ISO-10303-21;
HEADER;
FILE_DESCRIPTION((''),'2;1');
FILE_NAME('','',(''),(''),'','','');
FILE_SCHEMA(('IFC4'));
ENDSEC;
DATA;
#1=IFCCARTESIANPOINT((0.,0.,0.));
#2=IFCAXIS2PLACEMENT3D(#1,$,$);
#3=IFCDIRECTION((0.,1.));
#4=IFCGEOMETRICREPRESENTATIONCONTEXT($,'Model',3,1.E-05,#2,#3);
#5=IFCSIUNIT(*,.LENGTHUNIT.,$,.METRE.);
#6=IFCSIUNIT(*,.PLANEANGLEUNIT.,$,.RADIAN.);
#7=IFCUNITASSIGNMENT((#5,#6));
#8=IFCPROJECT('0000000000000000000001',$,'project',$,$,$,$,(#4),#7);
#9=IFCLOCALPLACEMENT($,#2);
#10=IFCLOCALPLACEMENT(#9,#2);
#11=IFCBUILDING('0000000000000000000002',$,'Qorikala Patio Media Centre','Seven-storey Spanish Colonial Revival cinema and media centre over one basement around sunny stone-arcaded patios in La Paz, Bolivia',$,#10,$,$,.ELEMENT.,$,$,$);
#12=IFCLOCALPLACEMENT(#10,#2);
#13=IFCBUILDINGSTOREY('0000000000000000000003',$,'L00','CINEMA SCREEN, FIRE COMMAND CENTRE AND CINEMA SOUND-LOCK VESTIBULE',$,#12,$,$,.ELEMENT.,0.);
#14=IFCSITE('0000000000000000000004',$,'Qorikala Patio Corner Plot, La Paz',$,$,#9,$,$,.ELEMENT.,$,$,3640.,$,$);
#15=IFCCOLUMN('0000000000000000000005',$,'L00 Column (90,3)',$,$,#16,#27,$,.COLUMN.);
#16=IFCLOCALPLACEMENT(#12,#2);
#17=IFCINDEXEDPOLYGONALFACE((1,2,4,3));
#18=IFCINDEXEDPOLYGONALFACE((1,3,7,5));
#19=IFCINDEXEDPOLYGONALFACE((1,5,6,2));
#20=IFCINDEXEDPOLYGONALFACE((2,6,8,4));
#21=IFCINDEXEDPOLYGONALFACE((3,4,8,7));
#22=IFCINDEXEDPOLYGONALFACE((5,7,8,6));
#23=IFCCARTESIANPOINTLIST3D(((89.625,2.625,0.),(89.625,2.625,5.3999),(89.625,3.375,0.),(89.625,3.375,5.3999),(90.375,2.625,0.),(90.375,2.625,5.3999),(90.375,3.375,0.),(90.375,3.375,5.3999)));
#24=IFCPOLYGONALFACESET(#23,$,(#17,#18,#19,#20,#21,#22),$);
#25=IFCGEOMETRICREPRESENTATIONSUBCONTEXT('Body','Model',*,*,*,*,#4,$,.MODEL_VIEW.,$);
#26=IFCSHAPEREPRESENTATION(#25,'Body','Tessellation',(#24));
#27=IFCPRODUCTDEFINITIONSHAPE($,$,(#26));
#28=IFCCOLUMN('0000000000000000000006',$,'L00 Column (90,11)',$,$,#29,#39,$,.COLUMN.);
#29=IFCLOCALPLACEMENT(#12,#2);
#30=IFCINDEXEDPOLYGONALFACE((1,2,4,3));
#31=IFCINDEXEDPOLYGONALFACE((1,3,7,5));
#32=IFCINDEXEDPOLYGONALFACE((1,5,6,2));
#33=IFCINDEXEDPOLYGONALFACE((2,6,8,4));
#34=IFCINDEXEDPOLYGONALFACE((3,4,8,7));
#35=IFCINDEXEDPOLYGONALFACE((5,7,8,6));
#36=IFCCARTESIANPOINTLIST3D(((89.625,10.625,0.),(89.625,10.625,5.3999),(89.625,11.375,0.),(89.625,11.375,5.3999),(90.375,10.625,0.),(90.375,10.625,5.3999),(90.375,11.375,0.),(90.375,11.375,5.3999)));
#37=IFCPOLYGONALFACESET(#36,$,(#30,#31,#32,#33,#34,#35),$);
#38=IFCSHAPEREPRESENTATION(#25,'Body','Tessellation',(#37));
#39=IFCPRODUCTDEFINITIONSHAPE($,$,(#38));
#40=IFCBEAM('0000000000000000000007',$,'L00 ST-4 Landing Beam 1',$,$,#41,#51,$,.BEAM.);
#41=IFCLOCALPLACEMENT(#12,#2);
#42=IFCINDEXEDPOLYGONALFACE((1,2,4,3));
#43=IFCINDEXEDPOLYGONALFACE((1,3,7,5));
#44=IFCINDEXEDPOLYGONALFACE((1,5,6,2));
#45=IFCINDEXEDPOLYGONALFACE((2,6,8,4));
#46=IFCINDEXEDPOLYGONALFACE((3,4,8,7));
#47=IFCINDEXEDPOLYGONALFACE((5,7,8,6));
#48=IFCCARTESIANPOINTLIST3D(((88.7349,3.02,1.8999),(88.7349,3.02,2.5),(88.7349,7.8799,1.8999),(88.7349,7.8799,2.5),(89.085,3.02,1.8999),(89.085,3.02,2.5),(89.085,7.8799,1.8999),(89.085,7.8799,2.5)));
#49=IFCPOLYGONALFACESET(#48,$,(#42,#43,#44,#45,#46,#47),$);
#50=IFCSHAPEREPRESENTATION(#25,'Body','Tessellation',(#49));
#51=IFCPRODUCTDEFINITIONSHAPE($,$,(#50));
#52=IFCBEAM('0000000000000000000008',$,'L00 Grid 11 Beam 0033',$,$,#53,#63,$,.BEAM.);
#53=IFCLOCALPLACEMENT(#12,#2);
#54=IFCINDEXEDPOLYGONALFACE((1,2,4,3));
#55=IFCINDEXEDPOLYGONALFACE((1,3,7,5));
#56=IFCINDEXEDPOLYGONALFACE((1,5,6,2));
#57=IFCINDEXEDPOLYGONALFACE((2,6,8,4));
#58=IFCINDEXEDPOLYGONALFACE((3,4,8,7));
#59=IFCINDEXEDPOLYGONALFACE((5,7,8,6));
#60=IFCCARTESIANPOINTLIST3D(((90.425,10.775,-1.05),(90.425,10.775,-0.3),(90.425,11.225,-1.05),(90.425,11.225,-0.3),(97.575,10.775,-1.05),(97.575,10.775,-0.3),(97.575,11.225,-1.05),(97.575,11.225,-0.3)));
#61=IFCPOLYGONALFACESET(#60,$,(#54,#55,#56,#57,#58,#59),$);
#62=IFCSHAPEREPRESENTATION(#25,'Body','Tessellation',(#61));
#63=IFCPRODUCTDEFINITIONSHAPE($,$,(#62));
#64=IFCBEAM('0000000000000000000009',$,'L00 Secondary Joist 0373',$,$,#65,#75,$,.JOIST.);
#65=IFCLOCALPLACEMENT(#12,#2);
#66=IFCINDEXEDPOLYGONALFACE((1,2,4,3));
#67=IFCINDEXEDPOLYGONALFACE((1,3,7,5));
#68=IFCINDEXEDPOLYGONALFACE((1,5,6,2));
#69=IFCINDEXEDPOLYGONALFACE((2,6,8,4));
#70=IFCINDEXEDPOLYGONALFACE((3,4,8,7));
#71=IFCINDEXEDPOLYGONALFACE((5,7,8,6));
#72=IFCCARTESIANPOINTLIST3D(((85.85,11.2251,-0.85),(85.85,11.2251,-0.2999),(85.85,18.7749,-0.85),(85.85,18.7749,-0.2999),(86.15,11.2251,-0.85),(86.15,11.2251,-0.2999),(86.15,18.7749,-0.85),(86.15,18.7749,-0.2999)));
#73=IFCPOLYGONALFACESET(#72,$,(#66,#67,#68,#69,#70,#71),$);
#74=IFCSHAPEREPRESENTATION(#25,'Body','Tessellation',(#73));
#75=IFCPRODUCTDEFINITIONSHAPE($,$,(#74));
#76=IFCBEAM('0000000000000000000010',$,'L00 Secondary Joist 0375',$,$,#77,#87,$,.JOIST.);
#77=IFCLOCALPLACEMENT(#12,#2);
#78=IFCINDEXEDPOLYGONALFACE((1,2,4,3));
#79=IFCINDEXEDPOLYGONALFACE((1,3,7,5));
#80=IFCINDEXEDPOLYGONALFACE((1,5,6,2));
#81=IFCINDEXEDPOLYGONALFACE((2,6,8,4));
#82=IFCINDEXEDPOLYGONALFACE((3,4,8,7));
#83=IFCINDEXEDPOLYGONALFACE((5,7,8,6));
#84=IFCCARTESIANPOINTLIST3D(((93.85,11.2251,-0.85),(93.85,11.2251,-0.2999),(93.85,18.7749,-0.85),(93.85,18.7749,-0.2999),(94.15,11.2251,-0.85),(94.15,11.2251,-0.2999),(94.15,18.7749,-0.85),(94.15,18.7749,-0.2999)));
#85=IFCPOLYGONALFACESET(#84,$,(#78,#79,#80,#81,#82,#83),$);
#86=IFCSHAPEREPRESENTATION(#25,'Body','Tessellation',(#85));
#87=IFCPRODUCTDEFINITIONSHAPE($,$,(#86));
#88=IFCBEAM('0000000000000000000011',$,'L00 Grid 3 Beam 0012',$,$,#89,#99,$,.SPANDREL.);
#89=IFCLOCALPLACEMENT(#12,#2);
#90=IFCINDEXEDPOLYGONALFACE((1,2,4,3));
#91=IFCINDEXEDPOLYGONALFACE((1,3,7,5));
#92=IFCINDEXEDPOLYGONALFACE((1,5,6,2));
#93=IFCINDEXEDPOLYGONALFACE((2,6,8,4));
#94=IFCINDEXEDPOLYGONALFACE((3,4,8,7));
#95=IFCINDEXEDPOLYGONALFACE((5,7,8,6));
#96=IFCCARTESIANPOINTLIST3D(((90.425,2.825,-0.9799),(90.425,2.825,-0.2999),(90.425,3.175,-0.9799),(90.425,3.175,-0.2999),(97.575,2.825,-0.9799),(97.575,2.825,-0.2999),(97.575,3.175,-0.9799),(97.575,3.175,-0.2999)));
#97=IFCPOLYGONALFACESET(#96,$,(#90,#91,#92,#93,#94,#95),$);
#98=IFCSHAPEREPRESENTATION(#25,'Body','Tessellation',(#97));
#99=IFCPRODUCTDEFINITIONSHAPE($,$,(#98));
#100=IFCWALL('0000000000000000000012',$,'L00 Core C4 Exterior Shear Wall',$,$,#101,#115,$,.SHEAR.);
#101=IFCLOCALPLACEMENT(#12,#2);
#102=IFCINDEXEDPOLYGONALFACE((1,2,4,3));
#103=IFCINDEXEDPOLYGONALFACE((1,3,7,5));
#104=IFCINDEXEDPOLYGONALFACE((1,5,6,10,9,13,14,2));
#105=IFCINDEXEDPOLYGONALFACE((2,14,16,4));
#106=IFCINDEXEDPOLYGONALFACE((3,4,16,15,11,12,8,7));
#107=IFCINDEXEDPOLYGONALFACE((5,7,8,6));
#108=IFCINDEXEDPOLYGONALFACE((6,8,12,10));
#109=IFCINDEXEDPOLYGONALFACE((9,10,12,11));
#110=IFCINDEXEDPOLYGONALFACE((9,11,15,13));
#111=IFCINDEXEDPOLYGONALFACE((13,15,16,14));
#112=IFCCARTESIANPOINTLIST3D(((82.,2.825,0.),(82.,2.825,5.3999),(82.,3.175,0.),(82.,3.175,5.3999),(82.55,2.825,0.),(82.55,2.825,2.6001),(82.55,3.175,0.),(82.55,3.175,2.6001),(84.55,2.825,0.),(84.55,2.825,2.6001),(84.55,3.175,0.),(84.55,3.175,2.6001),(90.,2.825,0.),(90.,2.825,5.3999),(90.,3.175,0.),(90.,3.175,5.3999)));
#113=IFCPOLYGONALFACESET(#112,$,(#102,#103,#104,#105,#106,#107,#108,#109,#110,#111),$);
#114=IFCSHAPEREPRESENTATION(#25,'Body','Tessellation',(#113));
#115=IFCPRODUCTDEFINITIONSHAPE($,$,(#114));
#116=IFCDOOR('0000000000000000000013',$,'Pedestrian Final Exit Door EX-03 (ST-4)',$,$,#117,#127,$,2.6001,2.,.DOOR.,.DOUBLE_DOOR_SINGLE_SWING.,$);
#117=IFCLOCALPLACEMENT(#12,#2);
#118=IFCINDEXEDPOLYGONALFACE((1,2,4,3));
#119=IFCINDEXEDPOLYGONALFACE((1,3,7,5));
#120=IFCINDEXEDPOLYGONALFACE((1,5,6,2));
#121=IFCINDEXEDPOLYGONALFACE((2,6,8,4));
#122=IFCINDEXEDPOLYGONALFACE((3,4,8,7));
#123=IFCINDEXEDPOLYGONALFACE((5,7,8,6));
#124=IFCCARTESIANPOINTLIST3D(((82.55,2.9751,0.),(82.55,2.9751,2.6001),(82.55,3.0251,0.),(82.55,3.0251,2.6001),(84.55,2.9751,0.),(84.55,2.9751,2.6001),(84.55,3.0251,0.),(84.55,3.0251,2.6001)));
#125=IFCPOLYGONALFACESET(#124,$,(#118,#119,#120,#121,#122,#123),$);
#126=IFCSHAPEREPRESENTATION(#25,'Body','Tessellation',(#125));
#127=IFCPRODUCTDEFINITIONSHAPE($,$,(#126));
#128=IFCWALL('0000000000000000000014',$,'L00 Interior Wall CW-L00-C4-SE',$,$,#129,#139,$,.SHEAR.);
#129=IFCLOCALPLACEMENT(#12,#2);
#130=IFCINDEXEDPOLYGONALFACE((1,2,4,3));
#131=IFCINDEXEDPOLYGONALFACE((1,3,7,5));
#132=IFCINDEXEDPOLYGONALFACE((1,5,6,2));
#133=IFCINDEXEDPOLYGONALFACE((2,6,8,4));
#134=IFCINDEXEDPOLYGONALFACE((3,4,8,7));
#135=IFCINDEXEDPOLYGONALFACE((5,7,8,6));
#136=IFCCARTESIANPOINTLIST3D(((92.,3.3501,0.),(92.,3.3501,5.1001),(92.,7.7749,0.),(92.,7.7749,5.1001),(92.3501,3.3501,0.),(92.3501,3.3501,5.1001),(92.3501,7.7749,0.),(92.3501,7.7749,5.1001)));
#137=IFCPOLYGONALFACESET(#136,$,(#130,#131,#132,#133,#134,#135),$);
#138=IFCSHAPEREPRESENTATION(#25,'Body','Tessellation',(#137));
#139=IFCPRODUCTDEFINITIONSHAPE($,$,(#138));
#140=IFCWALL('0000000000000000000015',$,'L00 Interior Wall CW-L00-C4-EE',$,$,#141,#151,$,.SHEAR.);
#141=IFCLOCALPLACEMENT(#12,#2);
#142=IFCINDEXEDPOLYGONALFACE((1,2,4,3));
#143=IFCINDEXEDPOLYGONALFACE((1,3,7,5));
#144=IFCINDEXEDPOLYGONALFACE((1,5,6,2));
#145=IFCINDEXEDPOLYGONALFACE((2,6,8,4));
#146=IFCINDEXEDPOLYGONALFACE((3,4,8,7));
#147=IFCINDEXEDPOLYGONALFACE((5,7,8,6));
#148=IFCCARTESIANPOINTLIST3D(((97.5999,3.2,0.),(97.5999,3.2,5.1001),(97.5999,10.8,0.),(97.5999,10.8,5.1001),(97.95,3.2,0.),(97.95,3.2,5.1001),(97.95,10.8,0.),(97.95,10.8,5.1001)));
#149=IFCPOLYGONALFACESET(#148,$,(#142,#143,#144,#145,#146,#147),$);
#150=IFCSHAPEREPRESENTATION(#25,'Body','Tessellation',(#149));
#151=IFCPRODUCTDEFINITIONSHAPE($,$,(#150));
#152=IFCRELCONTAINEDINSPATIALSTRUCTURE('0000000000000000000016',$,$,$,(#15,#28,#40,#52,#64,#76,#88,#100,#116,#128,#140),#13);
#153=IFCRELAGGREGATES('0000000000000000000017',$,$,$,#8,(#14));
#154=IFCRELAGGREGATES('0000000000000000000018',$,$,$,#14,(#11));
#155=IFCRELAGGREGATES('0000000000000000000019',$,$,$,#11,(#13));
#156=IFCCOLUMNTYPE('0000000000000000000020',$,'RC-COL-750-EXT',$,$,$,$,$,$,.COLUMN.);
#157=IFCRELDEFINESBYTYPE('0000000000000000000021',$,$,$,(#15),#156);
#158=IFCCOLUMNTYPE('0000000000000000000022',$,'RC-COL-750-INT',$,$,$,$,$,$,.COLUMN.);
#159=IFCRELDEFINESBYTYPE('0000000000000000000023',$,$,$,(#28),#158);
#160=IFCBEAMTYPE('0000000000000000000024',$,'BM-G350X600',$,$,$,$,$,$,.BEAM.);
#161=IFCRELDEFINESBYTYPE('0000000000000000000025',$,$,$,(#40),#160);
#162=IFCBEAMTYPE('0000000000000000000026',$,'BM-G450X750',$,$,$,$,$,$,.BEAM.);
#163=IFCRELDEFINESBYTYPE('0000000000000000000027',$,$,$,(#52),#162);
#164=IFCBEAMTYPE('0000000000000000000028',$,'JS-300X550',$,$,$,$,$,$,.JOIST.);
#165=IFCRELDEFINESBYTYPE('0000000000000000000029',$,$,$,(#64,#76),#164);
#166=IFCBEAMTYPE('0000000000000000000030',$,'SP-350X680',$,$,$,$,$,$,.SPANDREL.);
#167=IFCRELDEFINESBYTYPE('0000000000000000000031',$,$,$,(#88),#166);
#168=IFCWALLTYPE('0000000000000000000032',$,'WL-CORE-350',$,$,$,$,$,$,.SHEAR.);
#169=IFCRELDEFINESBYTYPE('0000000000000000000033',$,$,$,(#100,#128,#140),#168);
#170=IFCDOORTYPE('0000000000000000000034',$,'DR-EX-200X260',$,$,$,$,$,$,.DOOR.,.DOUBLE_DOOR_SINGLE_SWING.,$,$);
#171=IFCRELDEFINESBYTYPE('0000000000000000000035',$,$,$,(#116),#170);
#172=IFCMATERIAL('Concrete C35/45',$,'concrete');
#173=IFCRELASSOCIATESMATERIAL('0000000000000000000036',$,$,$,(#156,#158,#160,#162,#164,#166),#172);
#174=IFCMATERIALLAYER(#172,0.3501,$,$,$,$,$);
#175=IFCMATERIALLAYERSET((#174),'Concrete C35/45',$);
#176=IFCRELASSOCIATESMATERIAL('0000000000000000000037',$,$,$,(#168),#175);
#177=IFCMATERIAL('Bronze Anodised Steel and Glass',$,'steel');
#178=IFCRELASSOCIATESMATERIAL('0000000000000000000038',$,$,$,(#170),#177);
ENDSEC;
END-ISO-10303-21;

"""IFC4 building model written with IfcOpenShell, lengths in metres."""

from ifc_helpers import new_model, si_unit, direction, frame, frame_2d, origin, origin_2d, place, context, subcontext, project, spatial, rectangle, extrude, material, layer, layer_set, material_profile, profile_set, type_object, element, fill, save


model = new_model("IFC4")

# Units and contexts
model_context = context("Model", 3, precision=1e-05, world=origin(), true_north=direction((0.0, 1.0)))
body_context = subcontext(model_context, "Body", "Model", "MODEL_VIEW")
ifc_project = project(units=[si_unit("LENGTHUNIT", "METRE"), si_unit("PLANEANGLEUNIT", "RADIAN")], contexts=[model_context])

# Site, building, storey
site_placement = place(None, origin())
site = spatial("IfcSite", under=ifc_project, at=site_placement, Name="Qorikala Patio Corner Plot, La Paz", CompositionType="ELEMENT", RefElevation=3640.0)
building_placement = place(site_placement, origin())
building = spatial("IfcBuilding", under=site, at=building_placement, Name="Qorikala Patio Media Centre", Description="Seven-storey Spanish Colonial Revival cinema and media centre over one basement around sunny stone-arcaded patios in La Paz, Bolivia", CompositionType="ELEMENT")
storey_placement = place(building_placement, origin())
storey = spatial("IfcBuildingStorey", under=building, at=storey_placement, Name="L00", Description="CINEMA SCREEN, FIRE COMMAND CENTRE AND CINEMA SOUND-LOCK VESTIBULE", CompositionType="ELEMENT", Elevation=0.0)

# Columns
ifc_material_1 = material(Name="Concrete C35/45", Category="concrete")
ifc_material_profile_1 = material_profile(ifc_material_1, rectangle(XDim=0.75, YDim=0.75, at=origin_2d()), Name="RC 750x750")
ifc_profile_set_1 = profile_set([ifc_material_profile_1], Name="Concrete C35/45")
column_type_1 = type_object("IfcColumnType", Name="RC-COL-750-EXT", PredefinedType="COLUMN", material=ifc_profile_set_1)
column_1_placement = place(storey_placement, frame((90.0, 3.0, 0.0), z_axis=(0.0, 0.0, 1.0), x_axis=(1.0, 0.0, 0.0)))
element("IfcColumn", 1, at=column_1_placement, inside=storey, type_object=column_type_1, Name="L00 Column (90,3)", PredefinedType="COLUMN", context=body_context, shape_type="SweptSolid", body=[
    extrude(rectangle(XDim=0.75, YDim=0.75, at=origin_2d()), origin(), (0.0, 0.0, 1.0), 5.3999),
])
ifc_material_profile_2 = material_profile(ifc_material_1, rectangle(XDim=0.75, YDim=0.75, at=origin_2d()), Name="RC 750x750")
ifc_profile_set_2 = profile_set([ifc_material_profile_2], Name="Concrete C35/45")
column_type_2 = type_object("IfcColumnType", Name="RC-COL-750-INT", PredefinedType="COLUMN", material=ifc_profile_set_2)
column_2_placement = place(storey_placement, frame((90.0, 11.0, 0.0), z_axis=(0.0, 0.0, 1.0), x_axis=(1.0, 0.0, 0.0)))
element("IfcColumn", 2, at=column_2_placement, inside=storey, type_object=column_type_2, Name="L00 Column (90,11)", PredefinedType="COLUMN", context=body_context, shape_type="SweptSolid", body=[
    extrude(rectangle(XDim=0.75, YDim=0.75, at=origin_2d()), origin(), (0.0, 0.0, 1.0), 5.3999),
])

# Beams
ifc_material_profile_3 = material_profile(ifc_material_1, rectangle(XDim=0.3501, YDim=0.6001, at=origin_2d()), Name="RC 350x600")
ifc_profile_set_3 = profile_set([ifc_material_profile_3], Name="Concrete C35/45")
beam_type_1 = type_object("IfcBeamType", Name="BM-G350X600", PredefinedType="BEAM", material=ifc_profile_set_3)
beam_1_placement = place(storey_placement, frame((88.9099, 3.02, 2.2), z_axis=(0.0, 1.0, 0.0), x_axis=(-1.0, 0.0, 0.0)))
element("IfcBeam", 3, at=beam_1_placement, inside=storey, type_object=beam_type_1, Name="L00 ST-4 Landing Beam 1", PredefinedType="BEAM", context=body_context, shape_type="SweptSolid", body=[
    extrude(rectangle(XDim=0.3501, YDim=0.6001, at=origin_2d()), origin(), (0.0, 0.0, 1.0), 4.8599),
])
ifc_material_profile_4 = material_profile(ifc_material_1, rectangle(XDim=0.45, YDim=0.75, at=origin_2d()), Name="RC 450x750")
ifc_profile_set_4 = profile_set([ifc_material_profile_4], Name="Concrete C35/45")
beam_type_2 = type_object("IfcBeamType", Name="BM-G450X750", PredefinedType="BEAM", material=ifc_profile_set_4)
beam_2_placement = place(storey_placement, frame((90.425, 11.0, -0.675), z_axis=(1.0, 0.0, 0.0), x_axis=(0.0, 1.0, 0.0)))
element("IfcBeam", 4, at=beam_2_placement, inside=storey, type_object=beam_type_2, Name="L00 Grid 11 Beam 0033", PredefinedType="BEAM", context=body_context, shape_type="SweptSolid", body=[
    extrude(rectangle(XDim=0.45, YDim=0.75, at=origin_2d()), origin(), (0.0, 0.0, 1.0), 7.1499),
])
ifc_material_profile_5 = material_profile(ifc_material_1, rectangle(XDim=0.3, YDim=0.55, at=origin_2d()), Name="RC 300x550")
ifc_profile_set_5 = profile_set([ifc_material_profile_5], Name="Concrete C35/45")
beam_type_3 = type_object("IfcBeamType", Name="JS-300X550", PredefinedType="JOIST", material=ifc_profile_set_5)
for number, where, z_axis, x_axis, name in (
    (5, (86.0, 11.2251, -0.575), (0.0, 1.0, 0.0), (-1.0, 0.0, 0.0), "L00 Secondary Joist 0373"),
    (6, (94.0, 11.2251, -0.575), (0.0, 1.0, 0.0), (-1.0, 0.0, 0.0), "L00 Secondary Joist 0375"),
):
    element("IfcBeam", number, at=place(storey_placement, frame(where, z_axis=z_axis, x_axis=x_axis)), inside=storey, type_object=beam_type_3, Name=name, PredefinedType="JOIST", context=body_context, shape_type="SweptSolid", body=[
        extrude(rectangle(XDim=0.3, YDim=0.55, at=origin_2d()), origin(), (0.0, 0.0, 1.0), 7.5498),
    ])
ifc_material_profile_6 = material_profile(ifc_material_1, rectangle(XDim=0.3501, YDim=0.6799, at=origin_2d()), Name="RC 350x680")
ifc_profile_set_6 = profile_set([ifc_material_profile_6], Name="Concrete C35/45")
beam_type_4 = type_object("IfcBeamType", Name="SP-350X680", PredefinedType="SPANDREL", material=ifc_profile_set_6)
beam_3_placement = place(storey_placement, frame((90.425, 3.0, -0.6399), z_axis=(1.0, 0.0, 0.0), x_axis=(0.0, 1.0, 0.0)))
element("IfcBeam", 7, at=beam_3_placement, inside=storey, type_object=beam_type_4, Name="L00 Grid 3 Beam 0012", PredefinedType="SPANDREL", context=body_context, shape_type="SweptSolid", body=[
    extrude(rectangle(XDim=0.3501, YDim=0.6799, at=origin_2d()), origin(), (0.0, 0.0, 1.0), 7.1499),
])

# Wall, opening, door
ifc_layer_1 = layer(ifc_material_1, 0.3501)
ifc_layer_set_1 = layer_set([ifc_layer_1], Name="Concrete C35/45")
wall_type_1 = type_object("IfcWallType", Name="WL-CORE-350", PredefinedType="SHEAR", material=ifc_layer_set_1)
wall_1_placement = place(storey_placement, frame((90.0, 3.0, 0.0), z_axis=(0.0, 0.0, 1.0), x_axis=(-1.0, 0.0, 0.0)))
wall_1 = element("IfcWall", 8, at=wall_1_placement, inside=storey, type_object=wall_type_1, Name="L00 Core C4 Exterior Shear Wall", PredefinedType="SHEAR", context=body_context, shape_type="SweptSolid", body=[
    extrude(rectangle(XDim=8.0, YDim=0.3501, at=frame_2d((4.0, 0.0))), origin(), (0.0, 0.0, 1.0), 5.3999),
])
opening_1_placement = place(wall_1_placement, frame((5.45, 0.0, 0.0)))
opening_1 = element("IfcOpeningElement", 9, at=opening_1_placement, cuts=wall_1, PredefinedType="OPENING", context=body_context, shape_type="SweptSolid", body=[
    extrude(rectangle(XDim=2.0, YDim=2.6001, at=frame_2d((1.0, 1.3))), frame((0.0, 0.1851, 0.0), z_axis=(0.0, -1.0, 0.0), x_axis=(1.0, 0.0, 0.0)), (0.0, 0.0, 1.0), 0.3701),
])
ifc_material_2 = material(Name="Bronze Anodised Steel and Glass", Category="steel")
door_type_1 = type_object("IfcDoorType", Name="DR-EX-200X260", OperationType="DOUBLE_DOOR_SINGLE_SWING", PredefinedType="DOOR", material=ifc_material_2)
door_1_placement = place(opening_1_placement, origin())
door_1 = element("IfcDoor", 10, at=door_1_placement, inside=storey, type_object=door_type_1, Name="Pedestrian Final Exit Door EX-03 (ST-4)", OperationType="DOUBLE_DOOR_SINGLE_SWING", OverallHeight=2.6001, OverallWidth=2.0, PredefinedType="DOOR", context=body_context, shape_type="SweptSolid", body=[
    extrude(rectangle(XDim=2.0, YDim=2.6001, at=frame_2d((1.0, 1.3))), frame((0.0, 0.0249, 0.0), z_axis=(0.0, -1.0, 0.0), x_axis=(1.0, 0.0, 0.0)), (0.0, 0.0, 1.0), 0.05),
])
fill(opening_1, door_1)

# Walls
wall_2_placement = place(storey_placement, frame((92.175, 3.3501, 0.0), z_axis=(0.0, 0.0, 1.0), x_axis=(0.0, 1.0, 0.0)))
element("IfcWall", 11, at=wall_2_placement, inside=storey, type_object=wall_type_1, Name="L00 Interior Wall CW-L00-C4-SE", PredefinedType="SHEAR", context=body_context, shape_type="SweptSolid", body=[
    extrude(rectangle(XDim=4.4248, YDim=0.3501, at=frame_2d((2.2124, 0.0))), origin(), (0.0, 0.0, 1.0), 5.1001),
])
wall_3_placement = place(storey_placement, frame((97.7749, 3.2, 0.0), z_axis=(0.0, 0.0, 1.0), x_axis=(0.0, 1.0, 0.0)))
element("IfcWall", 12, at=wall_3_placement, inside=storey, type_object=wall_type_1, Name="L00 Interior Wall CW-L00-C4-EE", PredefinedType="SHEAR", context=body_context, shape_type="SweptSolid", body=[
    extrude(rectangle(XDim=7.6001, YDim=0.3501, at=frame_2d((3.8, 0.0))), origin(), (0.0, 0.0, 1.0), 5.1001),
])

save(model, "model.ifc")
